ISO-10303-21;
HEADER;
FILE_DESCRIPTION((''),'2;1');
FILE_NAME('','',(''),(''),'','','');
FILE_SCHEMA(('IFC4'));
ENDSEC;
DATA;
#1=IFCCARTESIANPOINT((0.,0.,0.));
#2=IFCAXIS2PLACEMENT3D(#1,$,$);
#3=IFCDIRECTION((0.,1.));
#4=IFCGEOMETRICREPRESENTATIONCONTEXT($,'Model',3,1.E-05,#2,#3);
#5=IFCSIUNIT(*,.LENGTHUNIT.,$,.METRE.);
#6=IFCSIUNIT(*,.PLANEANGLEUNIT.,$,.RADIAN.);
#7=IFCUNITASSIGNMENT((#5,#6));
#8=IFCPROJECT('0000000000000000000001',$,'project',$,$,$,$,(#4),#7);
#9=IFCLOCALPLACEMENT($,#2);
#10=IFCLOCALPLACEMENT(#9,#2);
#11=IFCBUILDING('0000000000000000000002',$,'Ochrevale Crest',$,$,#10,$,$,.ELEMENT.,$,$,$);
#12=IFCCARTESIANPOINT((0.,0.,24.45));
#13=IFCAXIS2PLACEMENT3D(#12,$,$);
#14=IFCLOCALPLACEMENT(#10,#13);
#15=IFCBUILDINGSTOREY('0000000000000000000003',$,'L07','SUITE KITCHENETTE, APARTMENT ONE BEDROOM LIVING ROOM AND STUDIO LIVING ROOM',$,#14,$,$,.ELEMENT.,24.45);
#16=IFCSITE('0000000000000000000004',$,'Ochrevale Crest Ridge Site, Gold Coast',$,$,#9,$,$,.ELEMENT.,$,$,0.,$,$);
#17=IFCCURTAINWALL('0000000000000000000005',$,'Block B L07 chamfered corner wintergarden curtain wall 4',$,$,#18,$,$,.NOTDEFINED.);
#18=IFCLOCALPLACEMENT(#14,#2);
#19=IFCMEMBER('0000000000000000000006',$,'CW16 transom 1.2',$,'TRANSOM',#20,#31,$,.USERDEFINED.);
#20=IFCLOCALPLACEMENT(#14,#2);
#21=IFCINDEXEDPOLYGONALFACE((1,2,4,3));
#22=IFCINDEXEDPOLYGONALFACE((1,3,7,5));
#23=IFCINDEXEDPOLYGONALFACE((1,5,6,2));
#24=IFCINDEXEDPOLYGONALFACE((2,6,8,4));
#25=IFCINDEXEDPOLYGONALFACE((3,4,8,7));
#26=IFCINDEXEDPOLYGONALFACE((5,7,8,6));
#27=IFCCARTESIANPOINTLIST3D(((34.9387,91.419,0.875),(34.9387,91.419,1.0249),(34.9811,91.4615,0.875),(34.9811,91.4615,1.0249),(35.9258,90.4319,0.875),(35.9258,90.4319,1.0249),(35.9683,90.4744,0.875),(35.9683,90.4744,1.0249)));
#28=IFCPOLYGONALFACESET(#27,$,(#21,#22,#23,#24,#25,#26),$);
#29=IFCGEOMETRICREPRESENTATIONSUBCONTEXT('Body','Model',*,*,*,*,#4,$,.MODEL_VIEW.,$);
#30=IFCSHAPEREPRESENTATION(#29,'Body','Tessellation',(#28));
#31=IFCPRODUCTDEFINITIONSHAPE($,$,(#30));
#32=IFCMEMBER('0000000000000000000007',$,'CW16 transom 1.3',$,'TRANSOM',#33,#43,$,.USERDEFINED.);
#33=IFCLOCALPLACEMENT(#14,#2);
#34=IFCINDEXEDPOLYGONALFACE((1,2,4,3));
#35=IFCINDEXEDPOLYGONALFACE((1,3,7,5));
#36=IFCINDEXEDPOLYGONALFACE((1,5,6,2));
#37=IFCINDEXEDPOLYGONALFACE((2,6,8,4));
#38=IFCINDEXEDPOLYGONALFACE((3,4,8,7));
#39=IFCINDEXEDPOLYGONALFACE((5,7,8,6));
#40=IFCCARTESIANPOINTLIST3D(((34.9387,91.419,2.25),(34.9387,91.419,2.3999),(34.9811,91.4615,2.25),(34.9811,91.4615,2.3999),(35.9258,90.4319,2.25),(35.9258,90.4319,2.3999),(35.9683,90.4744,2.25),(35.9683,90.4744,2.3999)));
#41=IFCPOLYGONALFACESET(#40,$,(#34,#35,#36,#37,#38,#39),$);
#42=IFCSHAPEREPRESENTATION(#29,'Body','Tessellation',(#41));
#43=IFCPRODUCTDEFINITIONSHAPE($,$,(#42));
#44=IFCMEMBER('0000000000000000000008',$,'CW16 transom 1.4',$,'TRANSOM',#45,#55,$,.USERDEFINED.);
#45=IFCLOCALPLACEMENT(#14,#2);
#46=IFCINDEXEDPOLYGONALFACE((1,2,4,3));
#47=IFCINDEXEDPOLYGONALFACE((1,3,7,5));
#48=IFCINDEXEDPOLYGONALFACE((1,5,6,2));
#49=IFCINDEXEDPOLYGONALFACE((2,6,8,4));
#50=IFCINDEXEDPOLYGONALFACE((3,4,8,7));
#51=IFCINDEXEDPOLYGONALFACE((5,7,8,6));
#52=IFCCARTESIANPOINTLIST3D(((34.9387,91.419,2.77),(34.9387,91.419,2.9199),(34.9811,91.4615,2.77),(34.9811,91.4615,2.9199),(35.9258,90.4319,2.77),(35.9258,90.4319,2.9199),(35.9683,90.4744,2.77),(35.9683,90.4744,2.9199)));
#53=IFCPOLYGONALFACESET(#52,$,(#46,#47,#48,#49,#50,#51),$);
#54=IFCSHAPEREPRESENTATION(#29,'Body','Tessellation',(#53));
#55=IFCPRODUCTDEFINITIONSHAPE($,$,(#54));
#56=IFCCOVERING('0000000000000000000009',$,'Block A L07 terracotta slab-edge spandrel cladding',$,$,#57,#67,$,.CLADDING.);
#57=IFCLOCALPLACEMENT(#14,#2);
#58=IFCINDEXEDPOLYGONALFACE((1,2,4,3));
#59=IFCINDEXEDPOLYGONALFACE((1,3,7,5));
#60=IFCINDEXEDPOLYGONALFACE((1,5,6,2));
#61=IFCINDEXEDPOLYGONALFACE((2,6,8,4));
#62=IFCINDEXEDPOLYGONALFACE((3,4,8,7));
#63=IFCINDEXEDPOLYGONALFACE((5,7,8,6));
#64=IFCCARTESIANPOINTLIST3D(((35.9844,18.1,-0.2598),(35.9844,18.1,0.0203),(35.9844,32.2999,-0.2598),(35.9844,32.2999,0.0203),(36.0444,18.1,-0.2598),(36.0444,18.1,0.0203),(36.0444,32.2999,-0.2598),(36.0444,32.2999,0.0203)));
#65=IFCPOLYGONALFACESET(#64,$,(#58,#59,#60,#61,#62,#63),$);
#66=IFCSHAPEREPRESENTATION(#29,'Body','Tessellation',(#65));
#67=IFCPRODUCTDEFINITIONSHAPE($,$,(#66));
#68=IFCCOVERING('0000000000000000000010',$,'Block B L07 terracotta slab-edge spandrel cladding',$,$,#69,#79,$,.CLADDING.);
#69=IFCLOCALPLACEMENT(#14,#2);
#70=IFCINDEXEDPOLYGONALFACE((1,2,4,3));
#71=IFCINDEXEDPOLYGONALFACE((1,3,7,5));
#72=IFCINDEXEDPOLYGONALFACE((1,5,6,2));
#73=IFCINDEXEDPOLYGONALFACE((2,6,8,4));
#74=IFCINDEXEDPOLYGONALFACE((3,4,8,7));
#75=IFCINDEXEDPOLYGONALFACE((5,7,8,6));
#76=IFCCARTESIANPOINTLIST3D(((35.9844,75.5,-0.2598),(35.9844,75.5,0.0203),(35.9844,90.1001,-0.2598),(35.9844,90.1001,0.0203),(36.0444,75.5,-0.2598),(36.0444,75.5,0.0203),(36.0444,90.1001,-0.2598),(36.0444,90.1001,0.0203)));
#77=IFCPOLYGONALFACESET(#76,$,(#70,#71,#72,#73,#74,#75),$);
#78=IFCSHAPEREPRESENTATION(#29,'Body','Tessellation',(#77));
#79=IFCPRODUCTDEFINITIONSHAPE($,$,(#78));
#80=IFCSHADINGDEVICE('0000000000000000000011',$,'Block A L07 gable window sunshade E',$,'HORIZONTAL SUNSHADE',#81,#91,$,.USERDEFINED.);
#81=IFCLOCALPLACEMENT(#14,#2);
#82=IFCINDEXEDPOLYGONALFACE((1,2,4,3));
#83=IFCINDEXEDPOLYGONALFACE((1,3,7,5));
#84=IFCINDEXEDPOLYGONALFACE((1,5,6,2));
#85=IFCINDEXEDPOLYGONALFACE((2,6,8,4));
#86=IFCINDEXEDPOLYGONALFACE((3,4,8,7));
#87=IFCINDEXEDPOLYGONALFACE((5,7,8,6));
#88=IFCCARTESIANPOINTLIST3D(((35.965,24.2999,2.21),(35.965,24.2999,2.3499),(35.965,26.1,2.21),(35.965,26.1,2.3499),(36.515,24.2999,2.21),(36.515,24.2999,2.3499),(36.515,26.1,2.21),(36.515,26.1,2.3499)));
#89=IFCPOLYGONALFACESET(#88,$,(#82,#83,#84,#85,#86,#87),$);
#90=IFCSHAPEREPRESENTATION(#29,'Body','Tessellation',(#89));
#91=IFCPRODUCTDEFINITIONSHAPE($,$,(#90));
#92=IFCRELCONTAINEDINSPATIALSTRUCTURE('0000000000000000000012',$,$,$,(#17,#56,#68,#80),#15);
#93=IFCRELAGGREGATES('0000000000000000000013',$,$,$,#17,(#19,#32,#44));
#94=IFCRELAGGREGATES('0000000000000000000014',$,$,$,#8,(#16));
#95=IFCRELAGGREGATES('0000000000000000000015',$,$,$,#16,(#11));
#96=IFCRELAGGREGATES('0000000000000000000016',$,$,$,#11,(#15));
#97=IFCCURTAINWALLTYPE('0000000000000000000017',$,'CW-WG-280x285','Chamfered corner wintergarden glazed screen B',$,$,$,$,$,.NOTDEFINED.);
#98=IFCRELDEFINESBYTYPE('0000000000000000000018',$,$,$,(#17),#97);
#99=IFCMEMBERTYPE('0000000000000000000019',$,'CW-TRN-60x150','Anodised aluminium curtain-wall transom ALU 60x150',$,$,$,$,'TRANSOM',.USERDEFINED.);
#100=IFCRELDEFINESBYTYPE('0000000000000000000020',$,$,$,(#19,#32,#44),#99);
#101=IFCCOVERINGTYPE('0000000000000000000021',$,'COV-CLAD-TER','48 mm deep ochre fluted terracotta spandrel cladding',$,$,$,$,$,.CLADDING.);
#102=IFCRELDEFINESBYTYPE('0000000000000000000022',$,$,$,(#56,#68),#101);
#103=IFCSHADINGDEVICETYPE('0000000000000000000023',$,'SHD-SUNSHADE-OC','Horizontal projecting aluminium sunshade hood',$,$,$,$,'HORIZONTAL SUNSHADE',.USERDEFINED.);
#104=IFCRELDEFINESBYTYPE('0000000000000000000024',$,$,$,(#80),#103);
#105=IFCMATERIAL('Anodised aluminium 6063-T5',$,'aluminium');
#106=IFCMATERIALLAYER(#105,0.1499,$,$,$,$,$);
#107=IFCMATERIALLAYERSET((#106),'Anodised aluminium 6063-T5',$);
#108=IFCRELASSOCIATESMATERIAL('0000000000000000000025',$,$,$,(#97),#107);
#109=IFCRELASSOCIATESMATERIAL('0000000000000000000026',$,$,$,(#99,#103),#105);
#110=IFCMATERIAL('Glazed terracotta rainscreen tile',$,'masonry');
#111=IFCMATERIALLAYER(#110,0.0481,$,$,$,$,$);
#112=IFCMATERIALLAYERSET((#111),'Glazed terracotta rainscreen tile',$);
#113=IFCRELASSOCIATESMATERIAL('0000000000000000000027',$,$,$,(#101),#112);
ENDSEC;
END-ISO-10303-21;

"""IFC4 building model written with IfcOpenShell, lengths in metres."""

from ifc_helpers import new_model, si_unit, direction, frame, origin, origin_2d, place, context, subcontext, project, spatial, rectangle, extrude, material, layer, layer_set, material_profile, profile_set, type_object, element, aggregate, save


model = new_model("IFC4")

# Units and contexts
model_context = context("Model", 3, precision=1e-05, world=origin(), true_north=direction((0.0, 1.0)))
body_context = subcontext(model_context, "Body", "Model", "MODEL_VIEW")
ifc_project = project(units=[si_unit("LENGTHUNIT", "METRE"), si_unit("PLANEANGLEUNIT", "RADIAN")], contexts=[model_context])

# Site, building, storey
site_placement = place(None, origin())
site = spatial("IfcSite", under=ifc_project, at=site_placement, Name="Ochrevale Crest Ridge Site, Gold Coast", CompositionType="ELEMENT", RefElevation=0.0)
building_placement = place(site_placement, origin())
building = spatial("IfcBuilding", under=site, at=building_placement, Name="Ochrevale Crest", CompositionType="ELEMENT")
storey_placement = place(building_placement, frame((0.0, 0.0, 24.45)))
storey = spatial("IfcBuildingStorey", under=building, at=storey_placement, Name="L07", Description="SUITE KITCHENETTE, APARTMENT ONE BEDROOM LIVING ROOM AND STUDIO LIVING ROOM", CompositionType="ELEMENT", Elevation=24.45)

# Curtain wall
ifc_material_1 = material(Name="Anodised aluminium 6063-T5", Category="aluminium")
ifc_layer_1 = layer(ifc_material_1, 0.1499)
ifc_layer_set_1 = layer_set([ifc_layer_1], Name="Anodised aluminium 6063-T5")
curtain_wall_type_1 = type_object("IfcCurtainWallType", Name="CW-WG-280x285", Description="Chamfered corner wintergarden glazed screen B", PredefinedType="NOTDEFINED", material=ifc_layer_set_1)
curtain_wall_1_placement = place(storey_placement, origin())
curtain_wall_1 = element("IfcCurtainWall", 1, at=curtain_wall_1_placement, inside=storey, type_object=curtain_wall_type_1, Name="Block B L07 chamfered corner wintergarden curtain wall 4", PredefinedType="NOTDEFINED")

# Members
ifc_material_profile_1 = material_profile(ifc_material_1, rectangle(XDim=0.0601, YDim=0.1499, at=origin_2d()), Name="ALU 60x150")
ifc_profile_set_1 = profile_set([ifc_material_profile_1], Name="Anodised aluminium 6063-T5")
member_type_1 = type_object("IfcMemberType", Name="CW-TRN-60x150", Description="Anodised aluminium curtain-wall transom ALU 60x150", ElementType="TRANSOM", PredefinedType="USERDEFINED", material=ifc_profile_set_1)
member_1_placement = place(storey_placement, frame((35.947, 90.4531, 0.95), z_axis=(-0.707107, 0.707107, 0.0), x_axis=(-0.707107, -0.707107, 0.0)))
member_1 = element("IfcMember", 2, at=member_1_placement, type_object=member_type_1, Name="CW16 transom 1.2", ObjectType="TRANSOM", PredefinedType="USERDEFINED", context=body_context, shape_type="SweptSolid", body=[
    extrude(rectangle(XDim=0.0601, YDim=0.1499, at=origin_2d()), origin(), (0.0, 0.0, 1.0), 1.396),
])
member_2_placement = place(storey_placement, frame((35.947, 90.4531, 2.325), z_axis=(-0.707107, 0.707107, 0.0), x_axis=(-0.707107, -0.707107, 0.0)))
member_2 = element("IfcMember", 3, at=member_2_placement, type_object=member_type_1, Name="CW16 transom 1.3", ObjectType="TRANSOM", PredefinedType="USERDEFINED", context=body_context, shape_type="SweptSolid", body=[
    extrude(rectangle(XDim=0.0601, YDim=0.1499, at=origin_2d()), origin(), (0.0, 0.0, 1.0), 1.396),
])
member_3_placement = place(storey_placement, frame((35.947, 90.4531, 2.845), z_axis=(-0.707107, 0.707107, 0.0), x_axis=(-0.707107, -0.707107, 0.0)))
member_3 = element("IfcMember", 4, at=member_3_placement, type_object=member_type_1, Name="CW16 transom 1.4", ObjectType="TRANSOM", PredefinedType="USERDEFINED", context=body_context, shape_type="SweptSolid", body=[
    extrude(rectangle(XDim=0.0601, YDim=0.1499, at=origin_2d()), origin(), (0.0, 0.0, 1.0), 1.396),
])
aggregate(curtain_wall_1, [member_1, member_2, member_3])

# Coverings
ifc_material_2 = material(Name="Glazed terracotta rainscreen tile", Category="masonry")
ifc_layer_2 = layer(ifc_material_2, 0.0481)
ifc_layer_set_2 = layer_set([ifc_layer_2], Name="Glazed terracotta rainscreen tile")
covering_type = type_object("IfcCoveringType", Name="COV-CLAD-TER", Description="48 mm deep ochre fluted terracotta spandrel cladding", PredefinedType="CLADDING", material=ifc_layer_set_2)
covering_1_placement = place(storey_placement, frame((36.0144, 25.2, -0.2598), z_axis=(0.0, 0.0, 1.0), x_axis=(0.0, 1.0, 0.0)))
element("IfcCovering", 5, at=covering_1_placement, inside=storey, type_object=covering_type, Name="Block A L07 terracotta slab-edge spandrel cladding", PredefinedType="CLADDING", context=body_context, shape_type="SweptSolid", body=[
    extrude(rectangle(XDim=14.2, YDim=0.0601, at=origin_2d()), origin(), (0.0, 0.0, 1.0), 0.28),
])
covering_2_placement = place(storey_placement, frame((36.0144, 82.8, -0.2598), z_axis=(0.0, 0.0, 1.0), x_axis=(0.0, 1.0, 0.0)))
element("IfcCovering", 6, at=covering_2_placement, inside=storey, type_object=covering_type, Name="Block B L07 terracotta slab-edge spandrel cladding", PredefinedType="CLADDING", context=body_context, shape_type="SweptSolid", body=[
    extrude(rectangle(XDim=14.6001, YDim=0.0601, at=origin_2d()), origin(), (0.0, 0.0, 1.0), 0.28),
])

# Shading device
shading_device_type = type_object("IfcShadingDeviceType", Name="SHD-SUNSHADE-OC", Description="Horizontal projecting aluminium sunshade hood", ElementType="HORIZONTAL SUNSHADE", PredefinedType="USERDEFINED", material=ifc_material_1)
shading_device_placement = place(storey_placement, frame((36.24, 25.2, 2.21), z_axis=(0.0, 0.0, 1.0), x_axis=(1.0, 0.0, 0.0)))
element("IfcShadingDevice", 7, at=shading_device_placement, inside=storey, type_object=shading_device_type, Name="Block A L07 gable window sunshade E", ObjectType="HORIZONTAL SUNSHADE", PredefinedType="USERDEFINED", context=body_context, shape_type="SweptSolid", body=[
    extrude(rectangle(XDim=0.55, YDim=1.8, at=origin_2d()), origin(), (0.0, 0.0, 1.0), 0.1399),
])

save(model, "model.ifc")
